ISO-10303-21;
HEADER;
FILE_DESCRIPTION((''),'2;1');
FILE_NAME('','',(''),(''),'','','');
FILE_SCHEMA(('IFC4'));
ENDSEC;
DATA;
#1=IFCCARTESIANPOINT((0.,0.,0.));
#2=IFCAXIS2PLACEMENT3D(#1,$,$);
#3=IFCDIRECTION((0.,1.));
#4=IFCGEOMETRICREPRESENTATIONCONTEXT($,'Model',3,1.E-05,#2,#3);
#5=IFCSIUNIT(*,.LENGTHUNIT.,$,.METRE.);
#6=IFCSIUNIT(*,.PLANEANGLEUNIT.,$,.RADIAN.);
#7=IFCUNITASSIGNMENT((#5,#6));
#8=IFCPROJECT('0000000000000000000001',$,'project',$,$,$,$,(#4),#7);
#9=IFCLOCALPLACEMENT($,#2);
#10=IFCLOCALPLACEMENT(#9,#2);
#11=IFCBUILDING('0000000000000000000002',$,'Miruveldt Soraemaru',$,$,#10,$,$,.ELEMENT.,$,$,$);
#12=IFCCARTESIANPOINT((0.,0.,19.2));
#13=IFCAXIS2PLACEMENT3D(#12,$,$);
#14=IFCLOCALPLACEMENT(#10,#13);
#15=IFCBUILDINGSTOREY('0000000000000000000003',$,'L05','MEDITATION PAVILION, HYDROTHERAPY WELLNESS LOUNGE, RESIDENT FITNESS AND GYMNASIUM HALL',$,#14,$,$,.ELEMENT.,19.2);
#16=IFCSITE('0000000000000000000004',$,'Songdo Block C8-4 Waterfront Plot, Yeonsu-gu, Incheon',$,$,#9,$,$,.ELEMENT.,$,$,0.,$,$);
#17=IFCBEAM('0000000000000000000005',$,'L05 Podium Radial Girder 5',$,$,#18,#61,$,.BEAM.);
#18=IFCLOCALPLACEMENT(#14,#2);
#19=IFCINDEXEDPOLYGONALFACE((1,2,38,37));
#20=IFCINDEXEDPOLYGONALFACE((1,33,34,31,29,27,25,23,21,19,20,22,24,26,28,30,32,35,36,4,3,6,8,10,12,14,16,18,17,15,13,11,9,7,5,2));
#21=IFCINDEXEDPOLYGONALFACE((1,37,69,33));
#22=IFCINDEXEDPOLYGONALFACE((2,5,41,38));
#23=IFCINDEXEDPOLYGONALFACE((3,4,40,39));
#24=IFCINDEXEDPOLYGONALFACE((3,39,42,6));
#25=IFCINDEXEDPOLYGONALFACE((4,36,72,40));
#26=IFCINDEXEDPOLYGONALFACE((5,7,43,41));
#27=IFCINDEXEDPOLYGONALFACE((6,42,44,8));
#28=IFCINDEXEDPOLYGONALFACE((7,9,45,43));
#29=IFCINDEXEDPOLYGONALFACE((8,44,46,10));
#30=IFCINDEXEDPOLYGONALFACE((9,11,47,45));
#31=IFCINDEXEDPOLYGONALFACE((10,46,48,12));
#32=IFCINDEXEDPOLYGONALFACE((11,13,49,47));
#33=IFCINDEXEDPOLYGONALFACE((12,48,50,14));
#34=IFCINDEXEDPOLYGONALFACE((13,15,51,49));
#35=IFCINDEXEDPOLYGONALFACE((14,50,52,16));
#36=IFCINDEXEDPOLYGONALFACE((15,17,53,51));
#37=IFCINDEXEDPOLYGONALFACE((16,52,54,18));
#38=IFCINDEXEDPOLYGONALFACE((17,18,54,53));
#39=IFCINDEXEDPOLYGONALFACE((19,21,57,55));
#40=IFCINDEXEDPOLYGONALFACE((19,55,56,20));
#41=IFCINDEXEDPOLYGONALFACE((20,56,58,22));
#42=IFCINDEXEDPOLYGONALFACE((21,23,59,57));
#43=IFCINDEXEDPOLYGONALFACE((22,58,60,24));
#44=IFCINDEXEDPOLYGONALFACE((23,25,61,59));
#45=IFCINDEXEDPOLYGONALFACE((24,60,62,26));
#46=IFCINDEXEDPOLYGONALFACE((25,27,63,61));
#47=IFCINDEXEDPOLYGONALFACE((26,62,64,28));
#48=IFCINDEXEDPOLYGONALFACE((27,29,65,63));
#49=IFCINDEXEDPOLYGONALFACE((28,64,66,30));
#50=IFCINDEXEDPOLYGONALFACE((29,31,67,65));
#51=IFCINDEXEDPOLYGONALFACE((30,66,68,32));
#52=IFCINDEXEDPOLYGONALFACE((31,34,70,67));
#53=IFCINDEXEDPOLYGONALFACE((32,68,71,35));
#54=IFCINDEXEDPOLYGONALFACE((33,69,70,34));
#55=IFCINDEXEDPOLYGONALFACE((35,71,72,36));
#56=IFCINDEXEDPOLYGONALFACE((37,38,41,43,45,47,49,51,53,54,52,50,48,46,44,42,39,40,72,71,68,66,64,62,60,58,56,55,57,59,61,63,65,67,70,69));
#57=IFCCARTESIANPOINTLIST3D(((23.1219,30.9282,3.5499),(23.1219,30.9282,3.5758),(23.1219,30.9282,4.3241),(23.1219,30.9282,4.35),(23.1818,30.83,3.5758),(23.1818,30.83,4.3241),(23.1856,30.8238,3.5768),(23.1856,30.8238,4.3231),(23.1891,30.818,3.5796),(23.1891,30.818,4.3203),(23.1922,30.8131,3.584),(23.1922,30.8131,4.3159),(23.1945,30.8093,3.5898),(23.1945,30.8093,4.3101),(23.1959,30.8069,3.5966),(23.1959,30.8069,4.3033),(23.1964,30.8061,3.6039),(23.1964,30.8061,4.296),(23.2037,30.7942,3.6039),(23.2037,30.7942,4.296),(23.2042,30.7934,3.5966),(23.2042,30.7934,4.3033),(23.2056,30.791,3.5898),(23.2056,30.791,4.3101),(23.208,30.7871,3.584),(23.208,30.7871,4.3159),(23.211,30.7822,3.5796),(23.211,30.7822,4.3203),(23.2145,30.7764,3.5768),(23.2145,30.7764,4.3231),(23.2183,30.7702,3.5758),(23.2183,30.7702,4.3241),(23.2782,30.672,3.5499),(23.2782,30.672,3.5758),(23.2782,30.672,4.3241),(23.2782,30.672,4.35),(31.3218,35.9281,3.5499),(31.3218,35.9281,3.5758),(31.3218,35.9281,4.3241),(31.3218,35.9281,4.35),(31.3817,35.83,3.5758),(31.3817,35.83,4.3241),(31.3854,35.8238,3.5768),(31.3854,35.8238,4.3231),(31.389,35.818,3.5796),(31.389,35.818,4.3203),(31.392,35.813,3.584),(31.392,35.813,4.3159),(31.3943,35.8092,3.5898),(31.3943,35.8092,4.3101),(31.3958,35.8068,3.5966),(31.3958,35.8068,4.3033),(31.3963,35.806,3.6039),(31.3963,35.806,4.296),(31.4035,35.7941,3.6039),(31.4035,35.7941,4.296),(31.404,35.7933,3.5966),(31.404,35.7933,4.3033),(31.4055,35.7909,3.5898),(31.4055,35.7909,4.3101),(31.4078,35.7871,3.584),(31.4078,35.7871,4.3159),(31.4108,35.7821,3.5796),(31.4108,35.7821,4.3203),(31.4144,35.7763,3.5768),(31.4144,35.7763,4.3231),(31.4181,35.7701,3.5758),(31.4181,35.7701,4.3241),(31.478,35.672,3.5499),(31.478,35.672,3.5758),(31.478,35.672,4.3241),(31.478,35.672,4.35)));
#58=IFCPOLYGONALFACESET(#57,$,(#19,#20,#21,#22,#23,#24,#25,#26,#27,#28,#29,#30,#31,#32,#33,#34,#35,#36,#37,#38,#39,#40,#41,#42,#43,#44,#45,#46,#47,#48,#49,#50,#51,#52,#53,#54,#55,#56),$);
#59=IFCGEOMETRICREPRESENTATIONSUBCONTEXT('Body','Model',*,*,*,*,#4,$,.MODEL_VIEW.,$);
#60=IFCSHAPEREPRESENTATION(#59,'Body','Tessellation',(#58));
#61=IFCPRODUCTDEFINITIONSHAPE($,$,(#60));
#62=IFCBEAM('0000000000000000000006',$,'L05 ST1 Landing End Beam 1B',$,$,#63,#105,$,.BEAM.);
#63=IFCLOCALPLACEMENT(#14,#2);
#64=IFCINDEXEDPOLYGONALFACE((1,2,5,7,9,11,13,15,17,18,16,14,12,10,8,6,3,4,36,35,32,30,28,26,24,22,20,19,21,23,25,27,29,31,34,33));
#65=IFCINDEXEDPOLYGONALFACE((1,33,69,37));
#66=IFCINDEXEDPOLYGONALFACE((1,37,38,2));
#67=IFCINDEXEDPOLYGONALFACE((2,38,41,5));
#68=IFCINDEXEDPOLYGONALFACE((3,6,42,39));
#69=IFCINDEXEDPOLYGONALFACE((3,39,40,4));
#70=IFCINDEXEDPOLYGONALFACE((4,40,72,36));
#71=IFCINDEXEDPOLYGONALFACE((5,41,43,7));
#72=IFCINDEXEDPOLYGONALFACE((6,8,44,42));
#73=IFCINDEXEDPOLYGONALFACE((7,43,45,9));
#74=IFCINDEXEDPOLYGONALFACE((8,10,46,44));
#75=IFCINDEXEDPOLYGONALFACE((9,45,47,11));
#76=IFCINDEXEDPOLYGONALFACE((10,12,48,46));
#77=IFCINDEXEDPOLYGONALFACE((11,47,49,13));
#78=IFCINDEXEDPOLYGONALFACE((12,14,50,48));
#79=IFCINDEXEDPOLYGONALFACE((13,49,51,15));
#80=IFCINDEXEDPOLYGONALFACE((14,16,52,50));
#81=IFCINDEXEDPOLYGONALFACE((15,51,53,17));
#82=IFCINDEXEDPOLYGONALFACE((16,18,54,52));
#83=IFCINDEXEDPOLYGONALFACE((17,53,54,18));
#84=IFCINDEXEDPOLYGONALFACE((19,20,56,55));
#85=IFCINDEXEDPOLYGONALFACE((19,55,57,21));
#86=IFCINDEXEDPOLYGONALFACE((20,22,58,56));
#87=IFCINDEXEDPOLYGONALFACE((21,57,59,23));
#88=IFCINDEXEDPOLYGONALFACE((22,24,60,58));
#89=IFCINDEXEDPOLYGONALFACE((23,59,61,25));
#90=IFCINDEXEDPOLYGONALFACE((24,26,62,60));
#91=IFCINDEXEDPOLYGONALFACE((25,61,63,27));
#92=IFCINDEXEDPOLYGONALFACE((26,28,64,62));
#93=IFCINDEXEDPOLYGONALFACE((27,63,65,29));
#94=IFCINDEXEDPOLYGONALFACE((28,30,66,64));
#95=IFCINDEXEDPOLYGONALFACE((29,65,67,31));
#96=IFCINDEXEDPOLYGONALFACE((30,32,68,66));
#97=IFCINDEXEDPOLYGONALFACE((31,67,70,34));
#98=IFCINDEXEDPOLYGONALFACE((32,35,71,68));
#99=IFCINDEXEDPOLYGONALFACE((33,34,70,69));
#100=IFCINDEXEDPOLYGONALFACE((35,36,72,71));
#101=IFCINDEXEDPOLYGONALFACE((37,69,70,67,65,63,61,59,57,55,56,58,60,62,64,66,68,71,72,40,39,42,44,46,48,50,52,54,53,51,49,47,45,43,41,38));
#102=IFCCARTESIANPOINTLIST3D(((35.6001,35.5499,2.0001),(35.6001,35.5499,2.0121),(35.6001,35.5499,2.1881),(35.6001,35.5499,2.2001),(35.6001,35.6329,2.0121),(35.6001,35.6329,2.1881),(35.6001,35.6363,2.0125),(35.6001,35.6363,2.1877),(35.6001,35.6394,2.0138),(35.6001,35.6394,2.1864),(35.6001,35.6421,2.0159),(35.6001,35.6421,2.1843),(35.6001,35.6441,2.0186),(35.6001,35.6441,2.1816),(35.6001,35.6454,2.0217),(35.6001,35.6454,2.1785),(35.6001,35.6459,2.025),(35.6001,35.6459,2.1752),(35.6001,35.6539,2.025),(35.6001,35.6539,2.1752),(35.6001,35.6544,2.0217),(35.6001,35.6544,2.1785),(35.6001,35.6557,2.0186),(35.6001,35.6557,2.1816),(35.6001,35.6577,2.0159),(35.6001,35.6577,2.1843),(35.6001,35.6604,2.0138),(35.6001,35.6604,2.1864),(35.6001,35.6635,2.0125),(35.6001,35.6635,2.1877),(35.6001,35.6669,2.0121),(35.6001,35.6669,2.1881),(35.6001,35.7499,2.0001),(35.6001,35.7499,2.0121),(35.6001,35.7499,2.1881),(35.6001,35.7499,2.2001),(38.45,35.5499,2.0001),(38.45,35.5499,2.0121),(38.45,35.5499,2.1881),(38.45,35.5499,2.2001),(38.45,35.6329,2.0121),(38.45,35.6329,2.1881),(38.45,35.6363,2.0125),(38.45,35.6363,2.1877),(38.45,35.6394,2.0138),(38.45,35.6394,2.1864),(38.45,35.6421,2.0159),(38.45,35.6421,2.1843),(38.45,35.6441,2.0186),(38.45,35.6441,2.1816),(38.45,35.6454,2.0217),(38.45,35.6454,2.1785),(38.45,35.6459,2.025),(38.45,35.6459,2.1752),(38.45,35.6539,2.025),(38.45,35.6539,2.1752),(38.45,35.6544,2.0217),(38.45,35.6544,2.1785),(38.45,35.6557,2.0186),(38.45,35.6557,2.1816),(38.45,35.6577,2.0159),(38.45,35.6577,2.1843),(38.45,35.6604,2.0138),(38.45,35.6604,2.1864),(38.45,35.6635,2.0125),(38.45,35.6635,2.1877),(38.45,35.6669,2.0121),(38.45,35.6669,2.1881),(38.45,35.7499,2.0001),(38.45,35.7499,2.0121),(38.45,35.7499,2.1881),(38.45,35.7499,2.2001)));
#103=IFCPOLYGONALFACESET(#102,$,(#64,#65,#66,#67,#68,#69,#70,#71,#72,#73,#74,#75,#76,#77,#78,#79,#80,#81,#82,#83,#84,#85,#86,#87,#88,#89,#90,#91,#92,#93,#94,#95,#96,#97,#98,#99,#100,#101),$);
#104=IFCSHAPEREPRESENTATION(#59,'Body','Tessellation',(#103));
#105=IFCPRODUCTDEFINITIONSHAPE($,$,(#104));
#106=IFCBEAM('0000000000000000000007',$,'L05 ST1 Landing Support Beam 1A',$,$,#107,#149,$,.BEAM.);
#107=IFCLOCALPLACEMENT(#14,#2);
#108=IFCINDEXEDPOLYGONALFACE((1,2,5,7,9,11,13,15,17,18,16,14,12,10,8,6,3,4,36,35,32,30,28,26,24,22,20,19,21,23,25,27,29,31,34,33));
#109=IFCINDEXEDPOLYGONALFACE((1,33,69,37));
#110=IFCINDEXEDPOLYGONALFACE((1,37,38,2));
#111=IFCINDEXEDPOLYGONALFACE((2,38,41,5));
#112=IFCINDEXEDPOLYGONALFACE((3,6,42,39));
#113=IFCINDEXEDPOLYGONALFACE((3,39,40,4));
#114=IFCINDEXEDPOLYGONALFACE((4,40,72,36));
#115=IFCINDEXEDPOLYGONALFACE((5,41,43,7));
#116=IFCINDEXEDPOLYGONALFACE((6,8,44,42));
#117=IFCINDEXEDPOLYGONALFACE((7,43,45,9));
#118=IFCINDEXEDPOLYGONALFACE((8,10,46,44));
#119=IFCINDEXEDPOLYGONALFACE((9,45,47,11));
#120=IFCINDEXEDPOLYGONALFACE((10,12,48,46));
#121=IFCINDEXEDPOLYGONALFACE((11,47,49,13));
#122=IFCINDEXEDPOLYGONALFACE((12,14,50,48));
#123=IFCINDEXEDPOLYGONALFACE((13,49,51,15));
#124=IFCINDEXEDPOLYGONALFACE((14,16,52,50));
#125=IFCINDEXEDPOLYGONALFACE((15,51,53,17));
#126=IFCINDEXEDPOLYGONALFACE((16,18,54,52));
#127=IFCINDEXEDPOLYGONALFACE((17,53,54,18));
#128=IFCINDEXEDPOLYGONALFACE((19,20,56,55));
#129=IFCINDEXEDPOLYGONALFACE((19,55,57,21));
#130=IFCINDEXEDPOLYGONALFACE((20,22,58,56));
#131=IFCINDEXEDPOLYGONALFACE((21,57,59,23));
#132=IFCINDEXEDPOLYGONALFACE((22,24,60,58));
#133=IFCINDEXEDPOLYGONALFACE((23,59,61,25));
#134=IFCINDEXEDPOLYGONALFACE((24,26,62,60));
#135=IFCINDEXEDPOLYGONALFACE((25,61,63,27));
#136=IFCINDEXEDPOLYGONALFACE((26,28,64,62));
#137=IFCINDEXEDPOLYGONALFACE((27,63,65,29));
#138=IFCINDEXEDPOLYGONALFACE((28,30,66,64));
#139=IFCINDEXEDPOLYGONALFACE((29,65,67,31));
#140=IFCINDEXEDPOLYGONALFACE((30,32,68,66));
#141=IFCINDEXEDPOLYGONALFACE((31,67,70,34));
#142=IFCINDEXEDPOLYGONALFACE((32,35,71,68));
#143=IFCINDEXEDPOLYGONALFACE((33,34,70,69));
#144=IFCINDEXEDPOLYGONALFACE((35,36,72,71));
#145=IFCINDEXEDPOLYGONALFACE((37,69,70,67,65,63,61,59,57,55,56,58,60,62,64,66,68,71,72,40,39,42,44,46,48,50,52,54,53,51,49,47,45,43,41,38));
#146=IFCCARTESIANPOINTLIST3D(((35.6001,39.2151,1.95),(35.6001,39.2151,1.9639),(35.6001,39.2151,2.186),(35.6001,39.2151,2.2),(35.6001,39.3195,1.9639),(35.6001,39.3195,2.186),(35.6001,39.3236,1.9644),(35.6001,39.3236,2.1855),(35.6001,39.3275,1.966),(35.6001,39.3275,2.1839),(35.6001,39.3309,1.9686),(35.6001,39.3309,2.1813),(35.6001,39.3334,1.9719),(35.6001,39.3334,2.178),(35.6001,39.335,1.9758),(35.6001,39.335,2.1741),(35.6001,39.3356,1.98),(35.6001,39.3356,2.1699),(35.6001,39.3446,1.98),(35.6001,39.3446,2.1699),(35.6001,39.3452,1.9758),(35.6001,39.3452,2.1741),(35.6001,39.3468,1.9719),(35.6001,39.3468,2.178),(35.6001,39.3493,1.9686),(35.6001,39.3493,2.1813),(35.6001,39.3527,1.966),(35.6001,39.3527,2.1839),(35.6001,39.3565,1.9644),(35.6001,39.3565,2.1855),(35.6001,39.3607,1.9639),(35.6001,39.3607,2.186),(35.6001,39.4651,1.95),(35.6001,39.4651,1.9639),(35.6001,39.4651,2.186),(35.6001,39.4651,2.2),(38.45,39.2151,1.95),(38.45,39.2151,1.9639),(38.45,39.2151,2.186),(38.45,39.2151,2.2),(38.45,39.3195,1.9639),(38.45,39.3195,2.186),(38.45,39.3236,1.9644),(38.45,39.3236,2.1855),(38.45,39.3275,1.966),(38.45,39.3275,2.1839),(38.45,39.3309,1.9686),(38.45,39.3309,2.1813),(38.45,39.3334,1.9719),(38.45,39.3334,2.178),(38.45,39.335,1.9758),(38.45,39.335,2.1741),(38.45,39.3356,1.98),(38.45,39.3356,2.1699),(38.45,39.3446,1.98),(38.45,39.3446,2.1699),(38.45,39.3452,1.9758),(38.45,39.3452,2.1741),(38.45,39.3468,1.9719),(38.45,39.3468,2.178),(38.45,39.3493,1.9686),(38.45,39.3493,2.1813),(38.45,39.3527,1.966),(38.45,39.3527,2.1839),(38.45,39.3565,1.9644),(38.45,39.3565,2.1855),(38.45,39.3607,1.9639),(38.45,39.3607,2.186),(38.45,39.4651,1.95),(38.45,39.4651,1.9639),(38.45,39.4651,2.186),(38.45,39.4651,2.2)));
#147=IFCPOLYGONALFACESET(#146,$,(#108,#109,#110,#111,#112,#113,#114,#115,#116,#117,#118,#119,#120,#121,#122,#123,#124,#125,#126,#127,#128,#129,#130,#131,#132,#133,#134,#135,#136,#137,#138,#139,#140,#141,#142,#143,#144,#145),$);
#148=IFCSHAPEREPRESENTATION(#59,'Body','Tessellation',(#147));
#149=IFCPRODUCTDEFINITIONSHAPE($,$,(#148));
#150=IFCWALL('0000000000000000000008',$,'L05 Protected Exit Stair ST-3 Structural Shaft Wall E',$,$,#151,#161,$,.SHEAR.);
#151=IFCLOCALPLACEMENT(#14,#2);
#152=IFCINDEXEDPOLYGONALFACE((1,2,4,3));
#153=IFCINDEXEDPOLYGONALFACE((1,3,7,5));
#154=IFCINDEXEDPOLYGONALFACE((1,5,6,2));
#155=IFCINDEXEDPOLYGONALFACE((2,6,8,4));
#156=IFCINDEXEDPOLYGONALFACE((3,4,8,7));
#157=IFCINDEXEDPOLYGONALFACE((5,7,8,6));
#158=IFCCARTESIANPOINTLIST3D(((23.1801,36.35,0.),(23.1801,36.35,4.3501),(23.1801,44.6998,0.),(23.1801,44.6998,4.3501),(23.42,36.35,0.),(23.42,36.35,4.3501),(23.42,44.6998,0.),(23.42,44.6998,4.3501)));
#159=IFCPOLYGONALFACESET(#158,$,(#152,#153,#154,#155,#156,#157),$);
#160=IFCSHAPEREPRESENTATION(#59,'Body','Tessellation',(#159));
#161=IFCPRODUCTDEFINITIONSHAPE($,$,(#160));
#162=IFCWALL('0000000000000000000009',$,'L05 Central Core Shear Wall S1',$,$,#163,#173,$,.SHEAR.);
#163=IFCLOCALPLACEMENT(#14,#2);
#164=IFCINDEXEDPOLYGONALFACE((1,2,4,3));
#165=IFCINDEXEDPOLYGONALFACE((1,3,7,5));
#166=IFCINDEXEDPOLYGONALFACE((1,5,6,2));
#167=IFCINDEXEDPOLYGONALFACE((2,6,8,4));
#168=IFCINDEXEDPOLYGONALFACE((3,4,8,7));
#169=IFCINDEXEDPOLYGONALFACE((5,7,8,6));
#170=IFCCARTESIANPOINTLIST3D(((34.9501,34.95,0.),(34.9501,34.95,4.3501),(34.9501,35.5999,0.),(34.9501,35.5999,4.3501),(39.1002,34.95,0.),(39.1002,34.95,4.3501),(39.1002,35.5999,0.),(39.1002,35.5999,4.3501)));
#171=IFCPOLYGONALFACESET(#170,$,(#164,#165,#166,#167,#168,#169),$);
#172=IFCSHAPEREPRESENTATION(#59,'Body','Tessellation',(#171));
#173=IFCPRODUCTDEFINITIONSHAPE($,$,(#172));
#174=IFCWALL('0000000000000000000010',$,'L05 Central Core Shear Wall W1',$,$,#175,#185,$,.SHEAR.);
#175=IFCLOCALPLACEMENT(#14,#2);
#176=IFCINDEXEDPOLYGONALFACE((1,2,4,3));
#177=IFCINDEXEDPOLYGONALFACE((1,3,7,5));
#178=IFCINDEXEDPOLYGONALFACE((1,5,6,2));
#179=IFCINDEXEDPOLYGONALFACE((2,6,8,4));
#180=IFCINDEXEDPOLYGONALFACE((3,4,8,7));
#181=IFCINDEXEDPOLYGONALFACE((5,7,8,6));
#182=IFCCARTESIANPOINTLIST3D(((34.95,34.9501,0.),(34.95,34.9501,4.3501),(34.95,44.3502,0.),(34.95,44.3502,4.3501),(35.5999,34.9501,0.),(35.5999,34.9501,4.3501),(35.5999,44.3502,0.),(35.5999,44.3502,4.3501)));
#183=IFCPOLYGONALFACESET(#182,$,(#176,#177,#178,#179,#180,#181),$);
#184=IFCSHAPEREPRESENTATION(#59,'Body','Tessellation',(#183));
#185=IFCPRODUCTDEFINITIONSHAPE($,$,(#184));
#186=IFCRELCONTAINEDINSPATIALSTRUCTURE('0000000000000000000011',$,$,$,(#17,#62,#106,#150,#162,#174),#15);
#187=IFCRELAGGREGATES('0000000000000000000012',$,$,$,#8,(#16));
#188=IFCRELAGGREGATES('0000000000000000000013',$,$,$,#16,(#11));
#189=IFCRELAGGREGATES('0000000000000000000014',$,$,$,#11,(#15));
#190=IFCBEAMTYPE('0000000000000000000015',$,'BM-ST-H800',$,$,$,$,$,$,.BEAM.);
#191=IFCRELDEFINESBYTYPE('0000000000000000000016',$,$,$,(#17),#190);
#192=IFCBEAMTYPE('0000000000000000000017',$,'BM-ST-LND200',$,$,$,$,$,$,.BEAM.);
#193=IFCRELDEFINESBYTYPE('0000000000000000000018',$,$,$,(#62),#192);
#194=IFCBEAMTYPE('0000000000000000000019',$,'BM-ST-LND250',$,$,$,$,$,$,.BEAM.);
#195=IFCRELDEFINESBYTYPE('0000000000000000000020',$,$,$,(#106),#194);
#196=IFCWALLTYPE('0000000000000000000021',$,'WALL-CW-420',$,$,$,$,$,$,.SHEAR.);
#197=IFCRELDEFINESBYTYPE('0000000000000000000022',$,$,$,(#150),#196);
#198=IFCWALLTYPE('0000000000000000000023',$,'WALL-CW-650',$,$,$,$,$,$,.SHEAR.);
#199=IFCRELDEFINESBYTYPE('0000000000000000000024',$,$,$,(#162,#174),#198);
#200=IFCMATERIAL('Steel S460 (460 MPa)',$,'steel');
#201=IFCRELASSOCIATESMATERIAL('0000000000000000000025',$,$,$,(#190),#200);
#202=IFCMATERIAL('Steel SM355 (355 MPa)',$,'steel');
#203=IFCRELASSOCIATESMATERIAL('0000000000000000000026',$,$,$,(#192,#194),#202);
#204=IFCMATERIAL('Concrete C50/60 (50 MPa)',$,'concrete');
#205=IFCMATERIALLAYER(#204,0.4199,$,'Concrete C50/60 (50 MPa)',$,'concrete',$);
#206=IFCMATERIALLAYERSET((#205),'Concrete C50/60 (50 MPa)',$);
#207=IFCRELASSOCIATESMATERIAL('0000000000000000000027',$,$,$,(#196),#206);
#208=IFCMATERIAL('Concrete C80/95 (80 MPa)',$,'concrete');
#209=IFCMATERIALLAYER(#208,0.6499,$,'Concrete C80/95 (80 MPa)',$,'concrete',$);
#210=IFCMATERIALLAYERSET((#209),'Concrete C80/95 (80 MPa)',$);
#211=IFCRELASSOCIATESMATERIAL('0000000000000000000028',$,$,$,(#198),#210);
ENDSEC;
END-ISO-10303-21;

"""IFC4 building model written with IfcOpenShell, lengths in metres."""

from ifc_helpers import new_model, si_unit, direction, frame, frame_2d, origin, origin_2d, place, context, subcontext, project, spatial, rectangle, i_section, extrude, material, layer, layer_set, material_profile, profile_set, type_object, element, save


model = new_model("IFC4")

# Units and contexts
model_context = context("Model", 3, precision=1e-05, world=origin(), true_north=direction((0.0, 1.0)))
body_context = subcontext(model_context, "Body", "Model", "MODEL_VIEW")
ifc_project = project(units=[si_unit("LENGTHUNIT", "METRE"), si_unit("PLANEANGLEUNIT", "RADIAN")], contexts=[model_context])

# Site, building, storey
site_placement = place(None, origin())
site = spatial("IfcSite", under=ifc_project, at=site_placement, Name="Songdo Block C8-4 Waterfront Plot, Yeonsu-gu, Incheon", CompositionType="ELEMENT", RefElevation=0.0)
building_placement = place(site_placement, origin())
building = spatial("IfcBuilding", under=site, at=building_placement, Name="Miruveldt Soraemaru", CompositionType="ELEMENT")
storey_placement = place(building_placement, frame((0.0, 0.0, 19.2)))
storey = spatial("IfcBuildingStorey", under=building, at=storey_placement, Name="L05", Description="MEDITATION PAVILION, HYDROTHERAPY WELLNESS LOUNGE, RESIDENT FITNESS AND GYMNASIUM HALL", CompositionType="ELEMENT", Elevation=19.2)

# Shared definitions
ifc_material_1 = material(Name="Concrete C80/95 (80 MPa)", Category="concrete")

# Beams
ifc_material_2 = material(Name="Steel SM355 (355 MPa)", Category="steel")
ifc_material_3 = material(Name="Steel S460 (460 MPa)", Category="steel")
ifc_material_profile_1 = material_profile(ifc_material_3, i_section(OverallWidth=0.3, OverallDepth=0.8, WebThickness=0.0139, FlangeThickness=0.0259, FilletRadius=0.0281, at=origin_2d()), Name="Steel S460 (460 MPa)", Category="steel")
ifc_profile_set_1 = profile_set([ifc_material_profile_1], Name="Steel S460 (460 MPa)")
beam_type_1 = type_object("IfcBeamType", Name="BM-ST-H800", PredefinedType="BEAM", material=ifc_profile_set_1)
beam_1_placement = place(storey_placement, frame((31.3999, 35.8, 3.95), z_axis=(-0.853795, -0.52061, 0.0), x_axis=(0.52061, -0.853795, 0.0)))
element("IfcBeam", 1, at=beam_1_placement, inside=storey, type_object=beam_type_1, Name="L05 Podium Radial Girder 5", PredefinedType="BEAM", context=body_context, shape_type="SweptSolid", body=[
    extrude(i_section(OverallWidth=0.3, OverallDepth=0.8, WebThickness=0.0139, FlangeThickness=0.0259, FilletRadius=0.0281, at=origin_2d()), origin(), (0.0, 0.0, 1.0), 9.604),
])
ifc_material_profile_2 = material_profile(ifc_material_2, i_section(OverallWidth=0.2, OverallDepth=0.2, WebThickness=0.0081, FlangeThickness=0.012, FilletRadius=0.0129, at=origin_2d()), Name="Steel SM355 (355 MPa)", Category="steel")
ifc_profile_set_2 = profile_set([ifc_material_profile_2], Name="Steel SM355 (355 MPa)")
beam_type_2 = type_object("IfcBeamType", Name="BM-ST-LND200", PredefinedType="BEAM", material=ifc_profile_set_2)
beam_2_placement = place(storey_placement, frame((35.6001, 35.6499, 2.1001), z_axis=(1.0, 0.0, 0.0), x_axis=(0.0, 1.0, 0.0)))
element("IfcBeam", 2, at=beam_2_placement, inside=storey, type_object=beam_type_2, Name="L05 ST1 Landing End Beam 1B", PredefinedType="BEAM", context=body_context, shape_type="SweptSolid", body=[
    extrude(i_section(OverallWidth=0.2, OverallDepth=0.2, WebThickness=0.0081, FlangeThickness=0.012, FilletRadius=0.0129, at=origin_2d()), origin(), (0.0, 0.0, 1.0), 2.8499),
])
ifc_material_profile_3 = material_profile(ifc_material_2, i_section(OverallWidth=0.25, OverallDepth=0.25, WebThickness=0.009, FlangeThickness=0.0139, FilletRadius=0.0161, at=origin_2d()), Name="Steel SM355 (355 MPa)", Category="steel")
ifc_profile_set_3 = profile_set([ifc_material_profile_3], Name="Steel SM355 (355 MPa)")
beam_type_3 = type_object("IfcBeamType", Name="BM-ST-LND250", PredefinedType="BEAM", material=ifc_profile_set_3)
beam_3_placement = place(storey_placement, frame((35.6001, 39.3401, 2.075), z_axis=(1.0, 0.0, 0.0), x_axis=(0.0, 1.0, 0.0)))
element("IfcBeam", 3, at=beam_3_placement, inside=storey, type_object=beam_type_3, Name="L05 ST1 Landing Support Beam 1A", PredefinedType="BEAM", context=body_context, shape_type="SweptSolid", body=[
    extrude(i_section(OverallWidth=0.25, OverallDepth=0.25, WebThickness=0.009, FlangeThickness=0.0139, FilletRadius=0.0161, at=origin_2d()), origin(), (0.0, 0.0, 1.0), 2.8499),
])

# Walls
ifc_material_4 = material(Name="Concrete C50/60 (50 MPa)", Category="concrete")
ifc_layer_1 = layer(ifc_material_4, 0.4199, Name="Concrete C50/60 (50 MPa)", Category="concrete")
ifc_layer_set_1 = layer_set([ifc_layer_1], Name="Concrete C50/60 (50 MPa)")
wall_type_1 = type_object("IfcWallType", Name="WALL-CW-420", PredefinedType="SHEAR", material=ifc_layer_set_1)
wall_1_placement = place(storey_placement, frame((23.3, 36.3501, 0.0), z_axis=(0.0, 0.0, 1.0), x_axis=(0.0, 1.0, 0.0)))
element("IfcWall", 4, at=wall_1_placement, inside=storey, type_object=wall_type_1, Name="L05 Protected Exit Stair ST-3 Structural Shaft Wall E", PredefinedType="SHEAR", context=body_context, shape_type="SweptSolid", body=[
    extrude(rectangle(XDim=8.3499, YDim=0.24, at=frame_2d((4.1748, 0.0))), origin(), (0.0, 0.0, 1.0), 4.3501),
])
ifc_layer_2 = layer(ifc_material_1, 0.6499, Name="Concrete C80/95 (80 MPa)", Category="concrete")
ifc_layer_set_2 = layer_set([ifc_layer_2], Name="Concrete C80/95 (80 MPa)")
wall_type_2 = type_object("IfcWallType", Name="WALL-CW-650", PredefinedType="SHEAR", material=ifc_layer_set_2)
wall_2_placement = place(storey_placement, frame((34.95, 35.2749, 0.0), z_axis=(0.0, 0.0, 1.0), x_axis=(1.0, 0.0, 0.0)))
element("IfcWall", 5, at=wall_2_placement, inside=storey, type_object=wall_type_2, Name="L05 Central Core Shear Wall S1", PredefinedType="SHEAR", context=body_context, shape_type="SweptSolid", body=[
    extrude(rectangle(XDim=4.1501, YDim=0.6499, at=frame_2d((2.0752, 0.0))), origin(), (0.0, 0.0, 1.0), 4.3501),
])
wall_3_placement = place(storey_placement, frame((35.2749, 34.95, 0.0), z_axis=(0.0, 0.0, 1.0), x_axis=(0.0, 1.0, 0.0)))
element("IfcWall", 6, at=wall_3_placement, inside=storey, type_object=wall_type_2, Name="L05 Central Core Shear Wall W1", PredefinedType="SHEAR", context=body_context, shape_type="SweptSolid", body=[
    extrude(rectangle(XDim=9.4001, YDim=0.6499, at=frame_2d((4.7002, 0.0))), origin(), (0.0, 0.0, 1.0), 4.3501),
])

save(model, "model.ifc")
